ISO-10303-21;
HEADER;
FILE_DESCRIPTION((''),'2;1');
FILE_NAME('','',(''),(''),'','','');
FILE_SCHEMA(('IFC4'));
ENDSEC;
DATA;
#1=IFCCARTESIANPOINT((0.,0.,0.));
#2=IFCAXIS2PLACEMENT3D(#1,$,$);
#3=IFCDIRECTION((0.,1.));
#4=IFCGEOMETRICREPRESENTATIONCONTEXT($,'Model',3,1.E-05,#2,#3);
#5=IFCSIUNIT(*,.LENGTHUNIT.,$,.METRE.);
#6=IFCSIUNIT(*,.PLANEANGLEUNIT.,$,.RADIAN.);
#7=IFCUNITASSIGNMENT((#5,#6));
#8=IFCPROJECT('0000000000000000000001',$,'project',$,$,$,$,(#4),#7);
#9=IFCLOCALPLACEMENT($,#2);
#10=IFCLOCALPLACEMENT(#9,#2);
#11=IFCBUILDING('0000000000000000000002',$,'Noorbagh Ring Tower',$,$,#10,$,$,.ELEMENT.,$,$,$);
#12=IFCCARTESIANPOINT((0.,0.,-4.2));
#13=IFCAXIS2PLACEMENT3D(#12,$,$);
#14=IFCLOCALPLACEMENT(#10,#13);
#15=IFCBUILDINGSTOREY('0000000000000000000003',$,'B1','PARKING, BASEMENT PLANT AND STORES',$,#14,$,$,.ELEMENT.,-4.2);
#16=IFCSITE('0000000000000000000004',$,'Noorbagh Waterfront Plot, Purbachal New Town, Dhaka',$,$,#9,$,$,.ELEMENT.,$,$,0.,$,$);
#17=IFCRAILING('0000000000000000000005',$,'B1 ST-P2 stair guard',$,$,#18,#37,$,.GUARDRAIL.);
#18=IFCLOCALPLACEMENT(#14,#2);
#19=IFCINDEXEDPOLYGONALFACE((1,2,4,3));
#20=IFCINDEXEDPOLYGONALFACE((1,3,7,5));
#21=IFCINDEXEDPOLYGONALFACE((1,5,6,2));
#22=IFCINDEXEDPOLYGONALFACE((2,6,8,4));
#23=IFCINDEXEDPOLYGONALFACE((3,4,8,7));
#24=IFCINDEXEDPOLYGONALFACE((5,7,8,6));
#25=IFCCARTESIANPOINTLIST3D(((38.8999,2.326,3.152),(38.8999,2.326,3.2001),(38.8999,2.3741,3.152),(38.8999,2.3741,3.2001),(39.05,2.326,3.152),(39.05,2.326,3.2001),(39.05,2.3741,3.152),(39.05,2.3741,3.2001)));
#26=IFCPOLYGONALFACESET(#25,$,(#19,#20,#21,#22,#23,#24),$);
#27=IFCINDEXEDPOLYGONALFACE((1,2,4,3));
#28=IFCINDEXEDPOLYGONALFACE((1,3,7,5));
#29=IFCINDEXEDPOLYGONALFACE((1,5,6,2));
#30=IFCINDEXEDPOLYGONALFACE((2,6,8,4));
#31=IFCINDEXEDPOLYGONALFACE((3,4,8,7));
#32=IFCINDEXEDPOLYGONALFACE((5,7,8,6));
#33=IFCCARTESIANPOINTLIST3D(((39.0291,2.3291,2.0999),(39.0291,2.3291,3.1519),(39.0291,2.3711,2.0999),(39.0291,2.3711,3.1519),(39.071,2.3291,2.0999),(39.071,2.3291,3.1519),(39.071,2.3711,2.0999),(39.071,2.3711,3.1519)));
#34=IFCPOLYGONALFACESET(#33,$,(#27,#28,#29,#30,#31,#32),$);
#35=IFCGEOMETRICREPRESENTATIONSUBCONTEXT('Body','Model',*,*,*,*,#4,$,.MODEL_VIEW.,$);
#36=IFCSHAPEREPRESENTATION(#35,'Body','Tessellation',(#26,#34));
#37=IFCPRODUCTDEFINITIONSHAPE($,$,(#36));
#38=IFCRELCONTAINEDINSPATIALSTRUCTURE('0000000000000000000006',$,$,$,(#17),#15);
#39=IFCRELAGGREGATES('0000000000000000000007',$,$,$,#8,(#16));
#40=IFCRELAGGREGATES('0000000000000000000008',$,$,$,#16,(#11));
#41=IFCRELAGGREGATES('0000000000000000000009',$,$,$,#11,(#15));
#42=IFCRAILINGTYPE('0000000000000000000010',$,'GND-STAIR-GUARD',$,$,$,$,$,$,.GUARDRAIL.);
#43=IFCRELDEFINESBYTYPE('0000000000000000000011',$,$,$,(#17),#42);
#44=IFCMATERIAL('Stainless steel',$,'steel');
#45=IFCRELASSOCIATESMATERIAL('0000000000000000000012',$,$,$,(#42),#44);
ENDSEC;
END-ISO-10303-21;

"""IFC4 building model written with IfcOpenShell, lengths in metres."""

from ifc_helpers import new_model, si_unit, direction, frame, origin, origin_2d, place, context, subcontext, project, spatial, rectangle, extrude, material, type_object, element, save


model = new_model("IFC4")

# Units and contexts
model_context = context("Model", 3, precision=1e-05, world=origin(), true_north=direction((0.0, 1.0)))
body_context = subcontext(model_context, "Body", "Model", "MODEL_VIEW")
ifc_project = project(units=[si_unit("LENGTHUNIT", "METRE"), si_unit("PLANEANGLEUNIT", "RADIAN")], contexts=[model_context])

# Site, building, storey
site_placement = place(None, origin())
site = spatial("IfcSite", under=ifc_project, at=site_placement, Name="Noorbagh Waterfront Plot, Purbachal New Town, Dhaka", CompositionType="ELEMENT", RefElevation=0.0)
building_placement = place(site_placement, origin())
building = spatial("IfcBuilding", under=site, at=building_placement, Name="Noorbagh Ring Tower", CompositionType="ELEMENT")
storey_placement = place(building_placement, frame((0.0, 0.0, -4.2)))
storey = spatial("IfcBuildingStorey", under=building, at=storey_placement, Name="B1", Description="PARKING, BASEMENT PLANT AND STORES", CompositionType="ELEMENT", Elevation=-4.2)

# Railing
ifc_material_1 = material(Name="Stainless steel", Category="steel")
railing_type_1 = type_object("IfcRailingType", Name="GND-STAIR-GUARD", PredefinedType="GUARDRAIL", material=ifc_material_1)
railing_1_placement = place(storey_placement, frame((39.05, 2.3501, 2.0999)))
element("IfcRailing", 1, at=railing_1_placement, inside=storey, type_object=railing_type_1, Name="B1 ST-P2 stair guard", PredefinedType="GUARDRAIL", context=body_context, shape_type="SweptSolid", body=[
    extrude(rectangle(XDim=0.0481, YDim=0.0481, at=origin_2d()), frame((0.0, 0.0, 1.0762), z_axis=(-1.0, 0.0, 0.0), x_axis=(0.0, -1.0, 0.0)), (0.0, 0.0, 1.0), 0.1501),
    extrude(rectangle(XDim=0.042, YDim=0.042, at=origin_2d()), origin(), (0.0, 0.0, 1.0), 1.052),
])

save(model, "model.ifc")
